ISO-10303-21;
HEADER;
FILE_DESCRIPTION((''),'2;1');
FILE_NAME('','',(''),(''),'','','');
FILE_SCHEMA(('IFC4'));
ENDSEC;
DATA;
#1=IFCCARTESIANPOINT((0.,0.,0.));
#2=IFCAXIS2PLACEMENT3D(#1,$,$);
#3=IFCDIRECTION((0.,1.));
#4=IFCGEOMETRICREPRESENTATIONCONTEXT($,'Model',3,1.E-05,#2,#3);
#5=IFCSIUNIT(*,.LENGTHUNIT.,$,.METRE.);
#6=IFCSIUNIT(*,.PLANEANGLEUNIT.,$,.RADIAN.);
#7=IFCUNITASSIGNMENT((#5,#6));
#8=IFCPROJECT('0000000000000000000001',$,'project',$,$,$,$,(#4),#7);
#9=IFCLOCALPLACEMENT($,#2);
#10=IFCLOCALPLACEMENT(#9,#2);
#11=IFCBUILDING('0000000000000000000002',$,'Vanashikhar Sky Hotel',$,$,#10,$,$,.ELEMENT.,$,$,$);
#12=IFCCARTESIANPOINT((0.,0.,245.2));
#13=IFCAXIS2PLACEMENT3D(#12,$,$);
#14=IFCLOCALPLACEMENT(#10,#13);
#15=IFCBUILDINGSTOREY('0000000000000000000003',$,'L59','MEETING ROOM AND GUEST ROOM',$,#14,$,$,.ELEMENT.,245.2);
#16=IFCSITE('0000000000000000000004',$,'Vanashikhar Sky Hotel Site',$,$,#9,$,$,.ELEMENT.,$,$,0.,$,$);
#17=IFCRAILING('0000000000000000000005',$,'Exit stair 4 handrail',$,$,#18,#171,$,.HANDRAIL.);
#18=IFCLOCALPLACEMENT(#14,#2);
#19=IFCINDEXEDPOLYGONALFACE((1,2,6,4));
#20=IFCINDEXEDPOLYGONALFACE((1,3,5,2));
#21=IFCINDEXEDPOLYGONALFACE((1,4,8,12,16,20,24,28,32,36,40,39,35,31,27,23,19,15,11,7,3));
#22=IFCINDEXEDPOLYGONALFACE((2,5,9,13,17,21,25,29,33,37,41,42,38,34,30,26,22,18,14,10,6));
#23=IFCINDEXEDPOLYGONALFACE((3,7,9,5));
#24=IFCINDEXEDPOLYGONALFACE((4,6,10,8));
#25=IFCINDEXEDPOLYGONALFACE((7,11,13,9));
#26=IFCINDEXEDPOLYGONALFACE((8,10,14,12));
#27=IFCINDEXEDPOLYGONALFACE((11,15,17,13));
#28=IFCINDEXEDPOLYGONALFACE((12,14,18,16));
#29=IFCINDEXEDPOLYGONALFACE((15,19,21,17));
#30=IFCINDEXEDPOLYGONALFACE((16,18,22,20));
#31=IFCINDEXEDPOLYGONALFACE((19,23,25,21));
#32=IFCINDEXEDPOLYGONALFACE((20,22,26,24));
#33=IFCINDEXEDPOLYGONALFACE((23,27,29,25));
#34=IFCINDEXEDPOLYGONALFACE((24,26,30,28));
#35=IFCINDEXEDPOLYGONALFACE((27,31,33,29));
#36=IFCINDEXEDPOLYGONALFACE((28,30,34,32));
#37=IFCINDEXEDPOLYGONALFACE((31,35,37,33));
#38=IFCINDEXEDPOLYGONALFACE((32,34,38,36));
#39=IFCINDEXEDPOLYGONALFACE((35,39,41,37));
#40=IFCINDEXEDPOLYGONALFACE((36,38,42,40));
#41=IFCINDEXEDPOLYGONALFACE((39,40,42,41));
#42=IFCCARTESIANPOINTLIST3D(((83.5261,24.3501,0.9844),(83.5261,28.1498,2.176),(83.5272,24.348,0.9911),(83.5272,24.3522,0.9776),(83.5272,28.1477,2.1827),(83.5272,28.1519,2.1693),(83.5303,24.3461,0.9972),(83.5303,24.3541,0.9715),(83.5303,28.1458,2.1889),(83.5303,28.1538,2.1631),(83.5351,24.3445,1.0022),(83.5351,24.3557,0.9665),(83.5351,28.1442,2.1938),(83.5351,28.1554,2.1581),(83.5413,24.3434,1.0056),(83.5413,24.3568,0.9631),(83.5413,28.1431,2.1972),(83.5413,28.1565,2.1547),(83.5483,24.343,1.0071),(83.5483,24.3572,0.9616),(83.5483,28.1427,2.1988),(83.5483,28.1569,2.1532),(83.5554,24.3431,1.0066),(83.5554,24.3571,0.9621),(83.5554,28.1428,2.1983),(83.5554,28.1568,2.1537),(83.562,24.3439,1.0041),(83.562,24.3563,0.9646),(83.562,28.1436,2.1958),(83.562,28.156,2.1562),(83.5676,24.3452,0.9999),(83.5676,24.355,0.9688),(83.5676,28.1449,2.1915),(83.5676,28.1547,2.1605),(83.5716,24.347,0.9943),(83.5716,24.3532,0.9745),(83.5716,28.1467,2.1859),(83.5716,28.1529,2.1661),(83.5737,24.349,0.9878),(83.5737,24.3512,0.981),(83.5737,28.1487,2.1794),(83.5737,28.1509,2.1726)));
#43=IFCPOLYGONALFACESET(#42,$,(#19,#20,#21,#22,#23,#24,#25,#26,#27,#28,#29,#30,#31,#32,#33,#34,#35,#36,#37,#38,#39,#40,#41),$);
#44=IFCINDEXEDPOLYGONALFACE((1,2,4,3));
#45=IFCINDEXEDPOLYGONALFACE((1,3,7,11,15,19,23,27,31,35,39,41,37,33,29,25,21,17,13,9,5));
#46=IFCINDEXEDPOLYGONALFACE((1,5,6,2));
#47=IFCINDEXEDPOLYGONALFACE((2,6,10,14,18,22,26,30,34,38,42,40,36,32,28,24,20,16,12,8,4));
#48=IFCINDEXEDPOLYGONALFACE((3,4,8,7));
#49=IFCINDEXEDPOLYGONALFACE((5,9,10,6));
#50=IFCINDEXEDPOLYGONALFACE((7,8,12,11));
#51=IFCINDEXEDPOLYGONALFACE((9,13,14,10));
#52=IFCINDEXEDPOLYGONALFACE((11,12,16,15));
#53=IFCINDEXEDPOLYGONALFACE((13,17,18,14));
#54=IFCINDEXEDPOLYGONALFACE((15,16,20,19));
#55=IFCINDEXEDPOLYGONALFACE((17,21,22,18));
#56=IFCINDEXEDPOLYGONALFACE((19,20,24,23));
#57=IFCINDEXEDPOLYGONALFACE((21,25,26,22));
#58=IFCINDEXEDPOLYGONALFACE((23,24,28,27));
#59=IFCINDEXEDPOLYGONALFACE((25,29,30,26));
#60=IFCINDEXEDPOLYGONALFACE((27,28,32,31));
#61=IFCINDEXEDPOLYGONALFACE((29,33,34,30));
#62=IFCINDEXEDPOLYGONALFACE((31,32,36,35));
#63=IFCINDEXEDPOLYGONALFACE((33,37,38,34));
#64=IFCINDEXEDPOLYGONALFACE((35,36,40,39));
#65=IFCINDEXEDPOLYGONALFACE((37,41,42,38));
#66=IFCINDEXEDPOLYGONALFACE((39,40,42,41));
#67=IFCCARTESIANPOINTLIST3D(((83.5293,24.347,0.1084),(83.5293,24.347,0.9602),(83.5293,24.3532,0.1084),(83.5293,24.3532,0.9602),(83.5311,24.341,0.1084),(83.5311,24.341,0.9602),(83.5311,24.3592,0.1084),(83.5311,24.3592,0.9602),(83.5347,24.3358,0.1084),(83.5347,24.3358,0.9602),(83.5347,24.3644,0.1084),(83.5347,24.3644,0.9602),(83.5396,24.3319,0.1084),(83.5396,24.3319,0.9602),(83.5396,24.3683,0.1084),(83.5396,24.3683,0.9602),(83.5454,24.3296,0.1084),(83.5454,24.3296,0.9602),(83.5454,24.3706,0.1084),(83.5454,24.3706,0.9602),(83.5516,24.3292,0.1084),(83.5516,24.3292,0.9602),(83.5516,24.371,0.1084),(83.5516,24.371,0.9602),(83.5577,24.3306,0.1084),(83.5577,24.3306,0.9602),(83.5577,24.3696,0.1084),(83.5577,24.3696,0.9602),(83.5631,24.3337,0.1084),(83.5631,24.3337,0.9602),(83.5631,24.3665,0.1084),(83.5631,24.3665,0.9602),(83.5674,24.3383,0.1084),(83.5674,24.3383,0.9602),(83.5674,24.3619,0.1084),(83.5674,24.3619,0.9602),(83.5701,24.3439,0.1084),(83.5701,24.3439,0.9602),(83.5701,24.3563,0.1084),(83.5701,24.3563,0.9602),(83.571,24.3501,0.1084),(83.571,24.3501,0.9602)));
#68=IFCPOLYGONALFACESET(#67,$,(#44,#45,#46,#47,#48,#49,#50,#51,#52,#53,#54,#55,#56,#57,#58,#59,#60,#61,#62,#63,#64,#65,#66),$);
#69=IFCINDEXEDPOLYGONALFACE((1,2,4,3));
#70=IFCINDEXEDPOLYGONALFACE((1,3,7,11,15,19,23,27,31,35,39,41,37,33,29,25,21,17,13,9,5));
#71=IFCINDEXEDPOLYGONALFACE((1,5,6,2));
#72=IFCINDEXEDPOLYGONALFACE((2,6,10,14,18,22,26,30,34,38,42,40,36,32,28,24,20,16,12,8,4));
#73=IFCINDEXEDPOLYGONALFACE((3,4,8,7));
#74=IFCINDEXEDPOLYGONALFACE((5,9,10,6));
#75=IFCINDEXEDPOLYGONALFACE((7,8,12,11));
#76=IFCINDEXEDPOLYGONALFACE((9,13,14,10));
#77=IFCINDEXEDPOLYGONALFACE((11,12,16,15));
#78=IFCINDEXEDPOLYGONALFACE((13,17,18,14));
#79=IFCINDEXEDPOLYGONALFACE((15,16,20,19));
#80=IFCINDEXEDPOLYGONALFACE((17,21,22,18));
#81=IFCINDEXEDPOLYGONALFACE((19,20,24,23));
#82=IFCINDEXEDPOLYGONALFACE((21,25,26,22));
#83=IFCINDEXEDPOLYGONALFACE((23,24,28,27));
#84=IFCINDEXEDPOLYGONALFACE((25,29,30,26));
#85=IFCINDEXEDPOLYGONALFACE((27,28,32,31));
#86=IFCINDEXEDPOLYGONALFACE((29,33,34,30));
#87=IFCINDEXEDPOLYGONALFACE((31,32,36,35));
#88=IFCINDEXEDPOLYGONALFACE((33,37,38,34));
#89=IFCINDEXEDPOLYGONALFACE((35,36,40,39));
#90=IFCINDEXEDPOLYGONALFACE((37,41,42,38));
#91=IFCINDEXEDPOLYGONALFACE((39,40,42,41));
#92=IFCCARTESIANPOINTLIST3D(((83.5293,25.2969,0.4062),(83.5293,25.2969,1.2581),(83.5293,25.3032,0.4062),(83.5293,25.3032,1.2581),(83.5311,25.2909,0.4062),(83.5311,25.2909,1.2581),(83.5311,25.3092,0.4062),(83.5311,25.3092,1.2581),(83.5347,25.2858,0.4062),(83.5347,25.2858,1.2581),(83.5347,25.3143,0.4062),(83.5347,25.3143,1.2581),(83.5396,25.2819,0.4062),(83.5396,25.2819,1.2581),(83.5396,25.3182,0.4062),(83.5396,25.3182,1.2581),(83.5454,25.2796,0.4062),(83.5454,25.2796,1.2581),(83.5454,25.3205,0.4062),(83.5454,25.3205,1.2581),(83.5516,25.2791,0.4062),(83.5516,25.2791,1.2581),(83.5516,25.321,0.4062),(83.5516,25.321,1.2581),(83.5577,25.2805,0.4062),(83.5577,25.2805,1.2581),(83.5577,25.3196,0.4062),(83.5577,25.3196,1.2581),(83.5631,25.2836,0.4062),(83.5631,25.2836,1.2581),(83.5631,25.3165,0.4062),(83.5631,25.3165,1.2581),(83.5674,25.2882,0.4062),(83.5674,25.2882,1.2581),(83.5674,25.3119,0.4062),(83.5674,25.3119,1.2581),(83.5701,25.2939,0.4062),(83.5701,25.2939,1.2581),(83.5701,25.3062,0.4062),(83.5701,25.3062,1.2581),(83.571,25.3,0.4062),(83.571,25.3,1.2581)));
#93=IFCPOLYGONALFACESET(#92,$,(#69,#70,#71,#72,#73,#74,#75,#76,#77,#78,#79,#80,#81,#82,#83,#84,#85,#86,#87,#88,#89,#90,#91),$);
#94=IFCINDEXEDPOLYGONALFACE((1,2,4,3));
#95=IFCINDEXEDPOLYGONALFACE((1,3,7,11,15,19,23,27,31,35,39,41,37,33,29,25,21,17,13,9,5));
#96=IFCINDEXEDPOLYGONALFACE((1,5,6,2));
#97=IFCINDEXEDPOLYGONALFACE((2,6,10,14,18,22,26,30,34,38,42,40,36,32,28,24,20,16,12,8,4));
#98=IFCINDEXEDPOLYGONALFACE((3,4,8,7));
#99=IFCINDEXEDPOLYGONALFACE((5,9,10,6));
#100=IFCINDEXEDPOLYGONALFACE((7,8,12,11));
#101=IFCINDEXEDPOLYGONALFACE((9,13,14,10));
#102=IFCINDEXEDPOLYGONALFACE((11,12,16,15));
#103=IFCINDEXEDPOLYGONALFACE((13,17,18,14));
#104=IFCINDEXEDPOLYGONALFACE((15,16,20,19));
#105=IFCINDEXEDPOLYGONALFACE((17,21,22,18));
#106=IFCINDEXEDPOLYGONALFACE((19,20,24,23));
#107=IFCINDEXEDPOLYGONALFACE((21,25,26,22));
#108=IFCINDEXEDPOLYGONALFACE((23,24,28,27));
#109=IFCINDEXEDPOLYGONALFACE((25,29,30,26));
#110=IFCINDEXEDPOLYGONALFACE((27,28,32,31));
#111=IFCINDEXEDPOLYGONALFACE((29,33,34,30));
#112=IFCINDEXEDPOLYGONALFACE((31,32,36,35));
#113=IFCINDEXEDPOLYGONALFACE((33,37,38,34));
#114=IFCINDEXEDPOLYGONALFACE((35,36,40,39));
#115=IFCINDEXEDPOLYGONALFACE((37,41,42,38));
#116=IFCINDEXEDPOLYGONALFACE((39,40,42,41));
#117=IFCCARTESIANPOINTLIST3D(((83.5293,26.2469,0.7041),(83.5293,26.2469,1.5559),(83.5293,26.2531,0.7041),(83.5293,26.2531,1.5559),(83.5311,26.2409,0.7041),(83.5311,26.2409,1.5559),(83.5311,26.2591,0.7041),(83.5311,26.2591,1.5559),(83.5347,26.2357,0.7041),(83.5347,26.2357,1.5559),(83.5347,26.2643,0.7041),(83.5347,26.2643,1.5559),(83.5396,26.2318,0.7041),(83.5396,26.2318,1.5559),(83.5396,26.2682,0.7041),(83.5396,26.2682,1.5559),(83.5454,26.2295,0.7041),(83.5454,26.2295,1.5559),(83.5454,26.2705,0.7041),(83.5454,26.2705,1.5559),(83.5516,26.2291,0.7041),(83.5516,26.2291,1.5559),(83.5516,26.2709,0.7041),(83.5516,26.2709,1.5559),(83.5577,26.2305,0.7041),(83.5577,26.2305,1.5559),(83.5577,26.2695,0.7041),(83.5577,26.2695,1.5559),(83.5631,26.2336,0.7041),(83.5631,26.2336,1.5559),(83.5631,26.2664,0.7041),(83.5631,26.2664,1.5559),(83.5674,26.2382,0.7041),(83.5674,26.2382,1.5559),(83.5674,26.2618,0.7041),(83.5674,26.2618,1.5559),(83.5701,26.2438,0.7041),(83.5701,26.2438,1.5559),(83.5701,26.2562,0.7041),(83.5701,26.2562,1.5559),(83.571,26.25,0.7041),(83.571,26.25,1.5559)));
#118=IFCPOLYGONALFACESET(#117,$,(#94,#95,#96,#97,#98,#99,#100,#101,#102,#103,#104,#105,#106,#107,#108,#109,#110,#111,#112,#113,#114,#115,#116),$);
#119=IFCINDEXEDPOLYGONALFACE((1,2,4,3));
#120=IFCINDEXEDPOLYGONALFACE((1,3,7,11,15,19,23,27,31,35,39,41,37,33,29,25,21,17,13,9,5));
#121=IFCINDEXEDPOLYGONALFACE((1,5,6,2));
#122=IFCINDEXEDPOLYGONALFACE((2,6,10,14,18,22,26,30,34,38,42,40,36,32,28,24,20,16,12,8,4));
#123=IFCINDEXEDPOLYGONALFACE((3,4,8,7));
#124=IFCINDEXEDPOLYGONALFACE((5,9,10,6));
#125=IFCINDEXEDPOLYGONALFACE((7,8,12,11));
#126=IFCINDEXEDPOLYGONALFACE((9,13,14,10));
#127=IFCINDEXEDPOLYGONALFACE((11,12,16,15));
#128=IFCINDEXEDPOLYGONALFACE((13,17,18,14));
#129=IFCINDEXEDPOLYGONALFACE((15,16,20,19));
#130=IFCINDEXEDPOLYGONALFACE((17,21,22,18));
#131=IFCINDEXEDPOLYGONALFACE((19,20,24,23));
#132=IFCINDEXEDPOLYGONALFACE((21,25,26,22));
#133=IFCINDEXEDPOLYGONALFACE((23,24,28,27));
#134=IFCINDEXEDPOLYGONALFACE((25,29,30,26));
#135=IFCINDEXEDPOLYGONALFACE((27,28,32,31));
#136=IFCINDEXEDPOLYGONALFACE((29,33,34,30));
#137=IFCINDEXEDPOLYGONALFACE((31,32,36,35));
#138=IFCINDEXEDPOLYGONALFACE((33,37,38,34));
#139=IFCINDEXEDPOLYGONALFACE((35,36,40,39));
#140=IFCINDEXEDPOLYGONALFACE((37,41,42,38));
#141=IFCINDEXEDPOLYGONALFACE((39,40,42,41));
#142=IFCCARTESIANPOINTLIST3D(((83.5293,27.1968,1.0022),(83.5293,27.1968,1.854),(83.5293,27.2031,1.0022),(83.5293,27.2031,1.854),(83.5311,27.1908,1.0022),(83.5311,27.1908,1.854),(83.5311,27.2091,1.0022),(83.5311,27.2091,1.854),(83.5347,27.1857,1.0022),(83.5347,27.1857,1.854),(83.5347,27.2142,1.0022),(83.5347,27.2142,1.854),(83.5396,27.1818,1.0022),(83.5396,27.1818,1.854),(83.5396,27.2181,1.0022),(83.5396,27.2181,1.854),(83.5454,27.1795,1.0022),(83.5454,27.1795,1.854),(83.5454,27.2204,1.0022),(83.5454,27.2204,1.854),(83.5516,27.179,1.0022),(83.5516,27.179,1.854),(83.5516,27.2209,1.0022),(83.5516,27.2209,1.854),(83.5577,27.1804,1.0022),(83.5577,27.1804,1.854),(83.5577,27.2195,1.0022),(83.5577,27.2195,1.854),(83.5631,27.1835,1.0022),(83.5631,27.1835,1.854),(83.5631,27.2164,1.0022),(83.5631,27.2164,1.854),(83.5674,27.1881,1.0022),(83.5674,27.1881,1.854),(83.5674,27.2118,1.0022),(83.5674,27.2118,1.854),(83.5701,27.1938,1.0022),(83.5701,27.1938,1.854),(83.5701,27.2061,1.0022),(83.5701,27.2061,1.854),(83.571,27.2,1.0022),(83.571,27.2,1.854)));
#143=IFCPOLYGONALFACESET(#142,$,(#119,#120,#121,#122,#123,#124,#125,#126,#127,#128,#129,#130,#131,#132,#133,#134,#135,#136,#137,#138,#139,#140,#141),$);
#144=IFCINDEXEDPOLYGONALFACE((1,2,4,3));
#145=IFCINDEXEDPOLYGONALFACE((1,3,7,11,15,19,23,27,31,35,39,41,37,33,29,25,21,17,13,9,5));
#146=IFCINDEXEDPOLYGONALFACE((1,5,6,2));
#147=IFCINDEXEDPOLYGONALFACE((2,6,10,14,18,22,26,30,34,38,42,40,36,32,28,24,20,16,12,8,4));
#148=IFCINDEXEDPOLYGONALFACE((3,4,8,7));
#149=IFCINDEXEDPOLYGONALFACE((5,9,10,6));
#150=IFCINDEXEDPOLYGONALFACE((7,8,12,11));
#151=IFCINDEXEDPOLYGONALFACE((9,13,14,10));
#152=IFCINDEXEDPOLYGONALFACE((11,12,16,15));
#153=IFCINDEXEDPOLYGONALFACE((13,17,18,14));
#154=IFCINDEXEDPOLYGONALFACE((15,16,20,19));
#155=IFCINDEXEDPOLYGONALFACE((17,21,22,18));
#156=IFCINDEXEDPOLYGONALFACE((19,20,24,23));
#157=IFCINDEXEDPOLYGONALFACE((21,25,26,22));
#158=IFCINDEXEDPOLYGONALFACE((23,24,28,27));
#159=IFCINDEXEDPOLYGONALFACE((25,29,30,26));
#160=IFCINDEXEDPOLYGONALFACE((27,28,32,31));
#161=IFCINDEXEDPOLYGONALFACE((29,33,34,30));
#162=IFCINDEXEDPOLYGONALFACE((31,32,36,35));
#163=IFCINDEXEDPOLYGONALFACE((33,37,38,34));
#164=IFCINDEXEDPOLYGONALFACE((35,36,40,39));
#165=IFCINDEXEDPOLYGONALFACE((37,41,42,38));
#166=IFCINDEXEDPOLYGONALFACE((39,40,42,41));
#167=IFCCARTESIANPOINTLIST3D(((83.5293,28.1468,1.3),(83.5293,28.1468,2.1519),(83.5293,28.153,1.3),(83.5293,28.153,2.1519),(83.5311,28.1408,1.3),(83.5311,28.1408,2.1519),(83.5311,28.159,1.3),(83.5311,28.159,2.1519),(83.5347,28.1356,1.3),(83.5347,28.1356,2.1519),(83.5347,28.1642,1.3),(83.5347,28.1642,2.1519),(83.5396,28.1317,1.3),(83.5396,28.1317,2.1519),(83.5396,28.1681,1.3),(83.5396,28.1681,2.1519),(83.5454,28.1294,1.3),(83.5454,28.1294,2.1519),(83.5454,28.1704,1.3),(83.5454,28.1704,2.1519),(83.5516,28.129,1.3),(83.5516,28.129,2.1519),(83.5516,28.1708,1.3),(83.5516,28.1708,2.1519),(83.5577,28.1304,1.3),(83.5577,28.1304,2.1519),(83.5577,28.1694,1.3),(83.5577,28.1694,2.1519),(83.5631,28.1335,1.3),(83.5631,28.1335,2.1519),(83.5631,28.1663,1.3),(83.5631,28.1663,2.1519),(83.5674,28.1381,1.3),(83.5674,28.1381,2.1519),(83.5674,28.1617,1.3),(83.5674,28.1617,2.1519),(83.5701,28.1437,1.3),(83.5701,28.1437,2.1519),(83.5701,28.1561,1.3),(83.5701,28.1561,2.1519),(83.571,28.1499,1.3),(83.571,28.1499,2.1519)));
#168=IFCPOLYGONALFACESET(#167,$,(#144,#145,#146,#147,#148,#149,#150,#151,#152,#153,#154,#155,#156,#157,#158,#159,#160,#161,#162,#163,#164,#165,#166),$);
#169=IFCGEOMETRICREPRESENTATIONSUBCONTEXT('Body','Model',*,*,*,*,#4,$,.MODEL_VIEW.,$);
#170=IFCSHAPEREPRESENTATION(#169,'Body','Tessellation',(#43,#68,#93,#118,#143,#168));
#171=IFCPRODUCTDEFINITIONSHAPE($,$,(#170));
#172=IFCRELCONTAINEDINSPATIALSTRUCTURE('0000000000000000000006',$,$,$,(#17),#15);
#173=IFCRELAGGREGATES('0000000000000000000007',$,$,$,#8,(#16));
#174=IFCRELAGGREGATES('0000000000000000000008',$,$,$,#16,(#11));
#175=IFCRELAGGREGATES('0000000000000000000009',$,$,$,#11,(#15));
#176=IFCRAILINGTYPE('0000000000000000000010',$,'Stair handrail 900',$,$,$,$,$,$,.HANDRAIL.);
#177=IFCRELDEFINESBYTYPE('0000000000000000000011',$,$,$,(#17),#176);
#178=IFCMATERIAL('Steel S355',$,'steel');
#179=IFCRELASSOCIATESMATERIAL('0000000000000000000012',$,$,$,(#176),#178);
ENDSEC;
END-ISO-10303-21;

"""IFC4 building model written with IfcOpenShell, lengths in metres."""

from ifc_helpers import new_model, si_unit, direction, frame, origin, origin_2d, place, context, subcontext, project, spatial, circle, extrude, source, transform, mapped, material, type_object, element, save


model = new_model("IFC4")

# Units and contexts
model_context = context("Model", 3, precision=1e-05, world=origin(), true_north=direction((0.0, 1.0)))
body_context = subcontext(model_context, "Body", "Model", "MODEL_VIEW")
ifc_project = project(units=[si_unit("LENGTHUNIT", "METRE"), si_unit("PLANEANGLEUNIT", "RADIAN")], contexts=[model_context])

# Site, building, storey
site_placement = place(None, origin())
site = spatial("IfcSite", under=ifc_project, at=site_placement, Name="Vanashikhar Sky Hotel Site", CompositionType="ELEMENT", RefElevation=0.0)
building_placement = place(site_placement, origin())
building = spatial("IfcBuilding", under=site, at=building_placement, Name="Vanashikhar Sky Hotel", CompositionType="ELEMENT")
storey_placement = place(building_placement, frame((0.0, 0.0, 245.2)))
storey = spatial("IfcBuildingStorey", under=building, at=storey_placement, Name="L59", Description="MEETING ROOM AND GUEST ROOM", CompositionType="ELEMENT", Elevation=245.2)

# Railing
ifc_material_1 = material(Name="Steel S355", Category="steel")
railing_type_1 = type_object("IfcRailingType", Name="Stair handrail 900", PredefinedType="HANDRAIL", material=ifc_material_1)
shared_shape_1 = source(origin(), body_context, "Body", "SweptSolid", [
    extrude(circle(Radius=0.0239, at=origin_2d()), frame((0.0, 0.0, 0.876), z_axis=(0.0, 0.954178, 0.299238), x_axis=(-1.0, 0.0, 0.0)), (0.0, 0.0, 1.0), 3.9822),
    extrude(circle(Radius=0.021, at=origin_2d()), origin(), (0.0, 0.0, 1.0), 0.8518),
    extrude(circle(Radius=0.021, at=origin_2d()), frame((0.0, 0.95, 0.2979)), (0.0, 0.0, 1.0), 0.8518),
    extrude(circle(Radius=0.021, at=origin_2d()), frame((0.0, 1.8999, 0.5957)), (0.0, 0.0, 1.0), 0.8518),
    extrude(circle(Radius=0.021, at=origin_2d()), frame((0.0, 2.8499, 0.8938)), (0.0, 0.0, 1.0), 0.8518),
    extrude(circle(Radius=0.021, at=origin_2d()), frame((0.0, 3.7998, 1.1917)), (0.0, 0.0, 1.0), 0.8518),
])
for number, where, name in (
    (1, (83.55, 24.3501, 0.1084), "Exit stair 4 handrail"),
):
    element("IfcRailing", number, at=place(storey_placement, frame(where)), inside=storey, type_object=railing_type_1, Name=name, PredefinedType="HANDRAIL", context=body_context, shape_type="MappedRepresentation", body=[
        mapped(shared_shape_1, transform((0.0, 0.0, 0.0), scale=1.0)),
    ])

save(model, "model.ifc")
